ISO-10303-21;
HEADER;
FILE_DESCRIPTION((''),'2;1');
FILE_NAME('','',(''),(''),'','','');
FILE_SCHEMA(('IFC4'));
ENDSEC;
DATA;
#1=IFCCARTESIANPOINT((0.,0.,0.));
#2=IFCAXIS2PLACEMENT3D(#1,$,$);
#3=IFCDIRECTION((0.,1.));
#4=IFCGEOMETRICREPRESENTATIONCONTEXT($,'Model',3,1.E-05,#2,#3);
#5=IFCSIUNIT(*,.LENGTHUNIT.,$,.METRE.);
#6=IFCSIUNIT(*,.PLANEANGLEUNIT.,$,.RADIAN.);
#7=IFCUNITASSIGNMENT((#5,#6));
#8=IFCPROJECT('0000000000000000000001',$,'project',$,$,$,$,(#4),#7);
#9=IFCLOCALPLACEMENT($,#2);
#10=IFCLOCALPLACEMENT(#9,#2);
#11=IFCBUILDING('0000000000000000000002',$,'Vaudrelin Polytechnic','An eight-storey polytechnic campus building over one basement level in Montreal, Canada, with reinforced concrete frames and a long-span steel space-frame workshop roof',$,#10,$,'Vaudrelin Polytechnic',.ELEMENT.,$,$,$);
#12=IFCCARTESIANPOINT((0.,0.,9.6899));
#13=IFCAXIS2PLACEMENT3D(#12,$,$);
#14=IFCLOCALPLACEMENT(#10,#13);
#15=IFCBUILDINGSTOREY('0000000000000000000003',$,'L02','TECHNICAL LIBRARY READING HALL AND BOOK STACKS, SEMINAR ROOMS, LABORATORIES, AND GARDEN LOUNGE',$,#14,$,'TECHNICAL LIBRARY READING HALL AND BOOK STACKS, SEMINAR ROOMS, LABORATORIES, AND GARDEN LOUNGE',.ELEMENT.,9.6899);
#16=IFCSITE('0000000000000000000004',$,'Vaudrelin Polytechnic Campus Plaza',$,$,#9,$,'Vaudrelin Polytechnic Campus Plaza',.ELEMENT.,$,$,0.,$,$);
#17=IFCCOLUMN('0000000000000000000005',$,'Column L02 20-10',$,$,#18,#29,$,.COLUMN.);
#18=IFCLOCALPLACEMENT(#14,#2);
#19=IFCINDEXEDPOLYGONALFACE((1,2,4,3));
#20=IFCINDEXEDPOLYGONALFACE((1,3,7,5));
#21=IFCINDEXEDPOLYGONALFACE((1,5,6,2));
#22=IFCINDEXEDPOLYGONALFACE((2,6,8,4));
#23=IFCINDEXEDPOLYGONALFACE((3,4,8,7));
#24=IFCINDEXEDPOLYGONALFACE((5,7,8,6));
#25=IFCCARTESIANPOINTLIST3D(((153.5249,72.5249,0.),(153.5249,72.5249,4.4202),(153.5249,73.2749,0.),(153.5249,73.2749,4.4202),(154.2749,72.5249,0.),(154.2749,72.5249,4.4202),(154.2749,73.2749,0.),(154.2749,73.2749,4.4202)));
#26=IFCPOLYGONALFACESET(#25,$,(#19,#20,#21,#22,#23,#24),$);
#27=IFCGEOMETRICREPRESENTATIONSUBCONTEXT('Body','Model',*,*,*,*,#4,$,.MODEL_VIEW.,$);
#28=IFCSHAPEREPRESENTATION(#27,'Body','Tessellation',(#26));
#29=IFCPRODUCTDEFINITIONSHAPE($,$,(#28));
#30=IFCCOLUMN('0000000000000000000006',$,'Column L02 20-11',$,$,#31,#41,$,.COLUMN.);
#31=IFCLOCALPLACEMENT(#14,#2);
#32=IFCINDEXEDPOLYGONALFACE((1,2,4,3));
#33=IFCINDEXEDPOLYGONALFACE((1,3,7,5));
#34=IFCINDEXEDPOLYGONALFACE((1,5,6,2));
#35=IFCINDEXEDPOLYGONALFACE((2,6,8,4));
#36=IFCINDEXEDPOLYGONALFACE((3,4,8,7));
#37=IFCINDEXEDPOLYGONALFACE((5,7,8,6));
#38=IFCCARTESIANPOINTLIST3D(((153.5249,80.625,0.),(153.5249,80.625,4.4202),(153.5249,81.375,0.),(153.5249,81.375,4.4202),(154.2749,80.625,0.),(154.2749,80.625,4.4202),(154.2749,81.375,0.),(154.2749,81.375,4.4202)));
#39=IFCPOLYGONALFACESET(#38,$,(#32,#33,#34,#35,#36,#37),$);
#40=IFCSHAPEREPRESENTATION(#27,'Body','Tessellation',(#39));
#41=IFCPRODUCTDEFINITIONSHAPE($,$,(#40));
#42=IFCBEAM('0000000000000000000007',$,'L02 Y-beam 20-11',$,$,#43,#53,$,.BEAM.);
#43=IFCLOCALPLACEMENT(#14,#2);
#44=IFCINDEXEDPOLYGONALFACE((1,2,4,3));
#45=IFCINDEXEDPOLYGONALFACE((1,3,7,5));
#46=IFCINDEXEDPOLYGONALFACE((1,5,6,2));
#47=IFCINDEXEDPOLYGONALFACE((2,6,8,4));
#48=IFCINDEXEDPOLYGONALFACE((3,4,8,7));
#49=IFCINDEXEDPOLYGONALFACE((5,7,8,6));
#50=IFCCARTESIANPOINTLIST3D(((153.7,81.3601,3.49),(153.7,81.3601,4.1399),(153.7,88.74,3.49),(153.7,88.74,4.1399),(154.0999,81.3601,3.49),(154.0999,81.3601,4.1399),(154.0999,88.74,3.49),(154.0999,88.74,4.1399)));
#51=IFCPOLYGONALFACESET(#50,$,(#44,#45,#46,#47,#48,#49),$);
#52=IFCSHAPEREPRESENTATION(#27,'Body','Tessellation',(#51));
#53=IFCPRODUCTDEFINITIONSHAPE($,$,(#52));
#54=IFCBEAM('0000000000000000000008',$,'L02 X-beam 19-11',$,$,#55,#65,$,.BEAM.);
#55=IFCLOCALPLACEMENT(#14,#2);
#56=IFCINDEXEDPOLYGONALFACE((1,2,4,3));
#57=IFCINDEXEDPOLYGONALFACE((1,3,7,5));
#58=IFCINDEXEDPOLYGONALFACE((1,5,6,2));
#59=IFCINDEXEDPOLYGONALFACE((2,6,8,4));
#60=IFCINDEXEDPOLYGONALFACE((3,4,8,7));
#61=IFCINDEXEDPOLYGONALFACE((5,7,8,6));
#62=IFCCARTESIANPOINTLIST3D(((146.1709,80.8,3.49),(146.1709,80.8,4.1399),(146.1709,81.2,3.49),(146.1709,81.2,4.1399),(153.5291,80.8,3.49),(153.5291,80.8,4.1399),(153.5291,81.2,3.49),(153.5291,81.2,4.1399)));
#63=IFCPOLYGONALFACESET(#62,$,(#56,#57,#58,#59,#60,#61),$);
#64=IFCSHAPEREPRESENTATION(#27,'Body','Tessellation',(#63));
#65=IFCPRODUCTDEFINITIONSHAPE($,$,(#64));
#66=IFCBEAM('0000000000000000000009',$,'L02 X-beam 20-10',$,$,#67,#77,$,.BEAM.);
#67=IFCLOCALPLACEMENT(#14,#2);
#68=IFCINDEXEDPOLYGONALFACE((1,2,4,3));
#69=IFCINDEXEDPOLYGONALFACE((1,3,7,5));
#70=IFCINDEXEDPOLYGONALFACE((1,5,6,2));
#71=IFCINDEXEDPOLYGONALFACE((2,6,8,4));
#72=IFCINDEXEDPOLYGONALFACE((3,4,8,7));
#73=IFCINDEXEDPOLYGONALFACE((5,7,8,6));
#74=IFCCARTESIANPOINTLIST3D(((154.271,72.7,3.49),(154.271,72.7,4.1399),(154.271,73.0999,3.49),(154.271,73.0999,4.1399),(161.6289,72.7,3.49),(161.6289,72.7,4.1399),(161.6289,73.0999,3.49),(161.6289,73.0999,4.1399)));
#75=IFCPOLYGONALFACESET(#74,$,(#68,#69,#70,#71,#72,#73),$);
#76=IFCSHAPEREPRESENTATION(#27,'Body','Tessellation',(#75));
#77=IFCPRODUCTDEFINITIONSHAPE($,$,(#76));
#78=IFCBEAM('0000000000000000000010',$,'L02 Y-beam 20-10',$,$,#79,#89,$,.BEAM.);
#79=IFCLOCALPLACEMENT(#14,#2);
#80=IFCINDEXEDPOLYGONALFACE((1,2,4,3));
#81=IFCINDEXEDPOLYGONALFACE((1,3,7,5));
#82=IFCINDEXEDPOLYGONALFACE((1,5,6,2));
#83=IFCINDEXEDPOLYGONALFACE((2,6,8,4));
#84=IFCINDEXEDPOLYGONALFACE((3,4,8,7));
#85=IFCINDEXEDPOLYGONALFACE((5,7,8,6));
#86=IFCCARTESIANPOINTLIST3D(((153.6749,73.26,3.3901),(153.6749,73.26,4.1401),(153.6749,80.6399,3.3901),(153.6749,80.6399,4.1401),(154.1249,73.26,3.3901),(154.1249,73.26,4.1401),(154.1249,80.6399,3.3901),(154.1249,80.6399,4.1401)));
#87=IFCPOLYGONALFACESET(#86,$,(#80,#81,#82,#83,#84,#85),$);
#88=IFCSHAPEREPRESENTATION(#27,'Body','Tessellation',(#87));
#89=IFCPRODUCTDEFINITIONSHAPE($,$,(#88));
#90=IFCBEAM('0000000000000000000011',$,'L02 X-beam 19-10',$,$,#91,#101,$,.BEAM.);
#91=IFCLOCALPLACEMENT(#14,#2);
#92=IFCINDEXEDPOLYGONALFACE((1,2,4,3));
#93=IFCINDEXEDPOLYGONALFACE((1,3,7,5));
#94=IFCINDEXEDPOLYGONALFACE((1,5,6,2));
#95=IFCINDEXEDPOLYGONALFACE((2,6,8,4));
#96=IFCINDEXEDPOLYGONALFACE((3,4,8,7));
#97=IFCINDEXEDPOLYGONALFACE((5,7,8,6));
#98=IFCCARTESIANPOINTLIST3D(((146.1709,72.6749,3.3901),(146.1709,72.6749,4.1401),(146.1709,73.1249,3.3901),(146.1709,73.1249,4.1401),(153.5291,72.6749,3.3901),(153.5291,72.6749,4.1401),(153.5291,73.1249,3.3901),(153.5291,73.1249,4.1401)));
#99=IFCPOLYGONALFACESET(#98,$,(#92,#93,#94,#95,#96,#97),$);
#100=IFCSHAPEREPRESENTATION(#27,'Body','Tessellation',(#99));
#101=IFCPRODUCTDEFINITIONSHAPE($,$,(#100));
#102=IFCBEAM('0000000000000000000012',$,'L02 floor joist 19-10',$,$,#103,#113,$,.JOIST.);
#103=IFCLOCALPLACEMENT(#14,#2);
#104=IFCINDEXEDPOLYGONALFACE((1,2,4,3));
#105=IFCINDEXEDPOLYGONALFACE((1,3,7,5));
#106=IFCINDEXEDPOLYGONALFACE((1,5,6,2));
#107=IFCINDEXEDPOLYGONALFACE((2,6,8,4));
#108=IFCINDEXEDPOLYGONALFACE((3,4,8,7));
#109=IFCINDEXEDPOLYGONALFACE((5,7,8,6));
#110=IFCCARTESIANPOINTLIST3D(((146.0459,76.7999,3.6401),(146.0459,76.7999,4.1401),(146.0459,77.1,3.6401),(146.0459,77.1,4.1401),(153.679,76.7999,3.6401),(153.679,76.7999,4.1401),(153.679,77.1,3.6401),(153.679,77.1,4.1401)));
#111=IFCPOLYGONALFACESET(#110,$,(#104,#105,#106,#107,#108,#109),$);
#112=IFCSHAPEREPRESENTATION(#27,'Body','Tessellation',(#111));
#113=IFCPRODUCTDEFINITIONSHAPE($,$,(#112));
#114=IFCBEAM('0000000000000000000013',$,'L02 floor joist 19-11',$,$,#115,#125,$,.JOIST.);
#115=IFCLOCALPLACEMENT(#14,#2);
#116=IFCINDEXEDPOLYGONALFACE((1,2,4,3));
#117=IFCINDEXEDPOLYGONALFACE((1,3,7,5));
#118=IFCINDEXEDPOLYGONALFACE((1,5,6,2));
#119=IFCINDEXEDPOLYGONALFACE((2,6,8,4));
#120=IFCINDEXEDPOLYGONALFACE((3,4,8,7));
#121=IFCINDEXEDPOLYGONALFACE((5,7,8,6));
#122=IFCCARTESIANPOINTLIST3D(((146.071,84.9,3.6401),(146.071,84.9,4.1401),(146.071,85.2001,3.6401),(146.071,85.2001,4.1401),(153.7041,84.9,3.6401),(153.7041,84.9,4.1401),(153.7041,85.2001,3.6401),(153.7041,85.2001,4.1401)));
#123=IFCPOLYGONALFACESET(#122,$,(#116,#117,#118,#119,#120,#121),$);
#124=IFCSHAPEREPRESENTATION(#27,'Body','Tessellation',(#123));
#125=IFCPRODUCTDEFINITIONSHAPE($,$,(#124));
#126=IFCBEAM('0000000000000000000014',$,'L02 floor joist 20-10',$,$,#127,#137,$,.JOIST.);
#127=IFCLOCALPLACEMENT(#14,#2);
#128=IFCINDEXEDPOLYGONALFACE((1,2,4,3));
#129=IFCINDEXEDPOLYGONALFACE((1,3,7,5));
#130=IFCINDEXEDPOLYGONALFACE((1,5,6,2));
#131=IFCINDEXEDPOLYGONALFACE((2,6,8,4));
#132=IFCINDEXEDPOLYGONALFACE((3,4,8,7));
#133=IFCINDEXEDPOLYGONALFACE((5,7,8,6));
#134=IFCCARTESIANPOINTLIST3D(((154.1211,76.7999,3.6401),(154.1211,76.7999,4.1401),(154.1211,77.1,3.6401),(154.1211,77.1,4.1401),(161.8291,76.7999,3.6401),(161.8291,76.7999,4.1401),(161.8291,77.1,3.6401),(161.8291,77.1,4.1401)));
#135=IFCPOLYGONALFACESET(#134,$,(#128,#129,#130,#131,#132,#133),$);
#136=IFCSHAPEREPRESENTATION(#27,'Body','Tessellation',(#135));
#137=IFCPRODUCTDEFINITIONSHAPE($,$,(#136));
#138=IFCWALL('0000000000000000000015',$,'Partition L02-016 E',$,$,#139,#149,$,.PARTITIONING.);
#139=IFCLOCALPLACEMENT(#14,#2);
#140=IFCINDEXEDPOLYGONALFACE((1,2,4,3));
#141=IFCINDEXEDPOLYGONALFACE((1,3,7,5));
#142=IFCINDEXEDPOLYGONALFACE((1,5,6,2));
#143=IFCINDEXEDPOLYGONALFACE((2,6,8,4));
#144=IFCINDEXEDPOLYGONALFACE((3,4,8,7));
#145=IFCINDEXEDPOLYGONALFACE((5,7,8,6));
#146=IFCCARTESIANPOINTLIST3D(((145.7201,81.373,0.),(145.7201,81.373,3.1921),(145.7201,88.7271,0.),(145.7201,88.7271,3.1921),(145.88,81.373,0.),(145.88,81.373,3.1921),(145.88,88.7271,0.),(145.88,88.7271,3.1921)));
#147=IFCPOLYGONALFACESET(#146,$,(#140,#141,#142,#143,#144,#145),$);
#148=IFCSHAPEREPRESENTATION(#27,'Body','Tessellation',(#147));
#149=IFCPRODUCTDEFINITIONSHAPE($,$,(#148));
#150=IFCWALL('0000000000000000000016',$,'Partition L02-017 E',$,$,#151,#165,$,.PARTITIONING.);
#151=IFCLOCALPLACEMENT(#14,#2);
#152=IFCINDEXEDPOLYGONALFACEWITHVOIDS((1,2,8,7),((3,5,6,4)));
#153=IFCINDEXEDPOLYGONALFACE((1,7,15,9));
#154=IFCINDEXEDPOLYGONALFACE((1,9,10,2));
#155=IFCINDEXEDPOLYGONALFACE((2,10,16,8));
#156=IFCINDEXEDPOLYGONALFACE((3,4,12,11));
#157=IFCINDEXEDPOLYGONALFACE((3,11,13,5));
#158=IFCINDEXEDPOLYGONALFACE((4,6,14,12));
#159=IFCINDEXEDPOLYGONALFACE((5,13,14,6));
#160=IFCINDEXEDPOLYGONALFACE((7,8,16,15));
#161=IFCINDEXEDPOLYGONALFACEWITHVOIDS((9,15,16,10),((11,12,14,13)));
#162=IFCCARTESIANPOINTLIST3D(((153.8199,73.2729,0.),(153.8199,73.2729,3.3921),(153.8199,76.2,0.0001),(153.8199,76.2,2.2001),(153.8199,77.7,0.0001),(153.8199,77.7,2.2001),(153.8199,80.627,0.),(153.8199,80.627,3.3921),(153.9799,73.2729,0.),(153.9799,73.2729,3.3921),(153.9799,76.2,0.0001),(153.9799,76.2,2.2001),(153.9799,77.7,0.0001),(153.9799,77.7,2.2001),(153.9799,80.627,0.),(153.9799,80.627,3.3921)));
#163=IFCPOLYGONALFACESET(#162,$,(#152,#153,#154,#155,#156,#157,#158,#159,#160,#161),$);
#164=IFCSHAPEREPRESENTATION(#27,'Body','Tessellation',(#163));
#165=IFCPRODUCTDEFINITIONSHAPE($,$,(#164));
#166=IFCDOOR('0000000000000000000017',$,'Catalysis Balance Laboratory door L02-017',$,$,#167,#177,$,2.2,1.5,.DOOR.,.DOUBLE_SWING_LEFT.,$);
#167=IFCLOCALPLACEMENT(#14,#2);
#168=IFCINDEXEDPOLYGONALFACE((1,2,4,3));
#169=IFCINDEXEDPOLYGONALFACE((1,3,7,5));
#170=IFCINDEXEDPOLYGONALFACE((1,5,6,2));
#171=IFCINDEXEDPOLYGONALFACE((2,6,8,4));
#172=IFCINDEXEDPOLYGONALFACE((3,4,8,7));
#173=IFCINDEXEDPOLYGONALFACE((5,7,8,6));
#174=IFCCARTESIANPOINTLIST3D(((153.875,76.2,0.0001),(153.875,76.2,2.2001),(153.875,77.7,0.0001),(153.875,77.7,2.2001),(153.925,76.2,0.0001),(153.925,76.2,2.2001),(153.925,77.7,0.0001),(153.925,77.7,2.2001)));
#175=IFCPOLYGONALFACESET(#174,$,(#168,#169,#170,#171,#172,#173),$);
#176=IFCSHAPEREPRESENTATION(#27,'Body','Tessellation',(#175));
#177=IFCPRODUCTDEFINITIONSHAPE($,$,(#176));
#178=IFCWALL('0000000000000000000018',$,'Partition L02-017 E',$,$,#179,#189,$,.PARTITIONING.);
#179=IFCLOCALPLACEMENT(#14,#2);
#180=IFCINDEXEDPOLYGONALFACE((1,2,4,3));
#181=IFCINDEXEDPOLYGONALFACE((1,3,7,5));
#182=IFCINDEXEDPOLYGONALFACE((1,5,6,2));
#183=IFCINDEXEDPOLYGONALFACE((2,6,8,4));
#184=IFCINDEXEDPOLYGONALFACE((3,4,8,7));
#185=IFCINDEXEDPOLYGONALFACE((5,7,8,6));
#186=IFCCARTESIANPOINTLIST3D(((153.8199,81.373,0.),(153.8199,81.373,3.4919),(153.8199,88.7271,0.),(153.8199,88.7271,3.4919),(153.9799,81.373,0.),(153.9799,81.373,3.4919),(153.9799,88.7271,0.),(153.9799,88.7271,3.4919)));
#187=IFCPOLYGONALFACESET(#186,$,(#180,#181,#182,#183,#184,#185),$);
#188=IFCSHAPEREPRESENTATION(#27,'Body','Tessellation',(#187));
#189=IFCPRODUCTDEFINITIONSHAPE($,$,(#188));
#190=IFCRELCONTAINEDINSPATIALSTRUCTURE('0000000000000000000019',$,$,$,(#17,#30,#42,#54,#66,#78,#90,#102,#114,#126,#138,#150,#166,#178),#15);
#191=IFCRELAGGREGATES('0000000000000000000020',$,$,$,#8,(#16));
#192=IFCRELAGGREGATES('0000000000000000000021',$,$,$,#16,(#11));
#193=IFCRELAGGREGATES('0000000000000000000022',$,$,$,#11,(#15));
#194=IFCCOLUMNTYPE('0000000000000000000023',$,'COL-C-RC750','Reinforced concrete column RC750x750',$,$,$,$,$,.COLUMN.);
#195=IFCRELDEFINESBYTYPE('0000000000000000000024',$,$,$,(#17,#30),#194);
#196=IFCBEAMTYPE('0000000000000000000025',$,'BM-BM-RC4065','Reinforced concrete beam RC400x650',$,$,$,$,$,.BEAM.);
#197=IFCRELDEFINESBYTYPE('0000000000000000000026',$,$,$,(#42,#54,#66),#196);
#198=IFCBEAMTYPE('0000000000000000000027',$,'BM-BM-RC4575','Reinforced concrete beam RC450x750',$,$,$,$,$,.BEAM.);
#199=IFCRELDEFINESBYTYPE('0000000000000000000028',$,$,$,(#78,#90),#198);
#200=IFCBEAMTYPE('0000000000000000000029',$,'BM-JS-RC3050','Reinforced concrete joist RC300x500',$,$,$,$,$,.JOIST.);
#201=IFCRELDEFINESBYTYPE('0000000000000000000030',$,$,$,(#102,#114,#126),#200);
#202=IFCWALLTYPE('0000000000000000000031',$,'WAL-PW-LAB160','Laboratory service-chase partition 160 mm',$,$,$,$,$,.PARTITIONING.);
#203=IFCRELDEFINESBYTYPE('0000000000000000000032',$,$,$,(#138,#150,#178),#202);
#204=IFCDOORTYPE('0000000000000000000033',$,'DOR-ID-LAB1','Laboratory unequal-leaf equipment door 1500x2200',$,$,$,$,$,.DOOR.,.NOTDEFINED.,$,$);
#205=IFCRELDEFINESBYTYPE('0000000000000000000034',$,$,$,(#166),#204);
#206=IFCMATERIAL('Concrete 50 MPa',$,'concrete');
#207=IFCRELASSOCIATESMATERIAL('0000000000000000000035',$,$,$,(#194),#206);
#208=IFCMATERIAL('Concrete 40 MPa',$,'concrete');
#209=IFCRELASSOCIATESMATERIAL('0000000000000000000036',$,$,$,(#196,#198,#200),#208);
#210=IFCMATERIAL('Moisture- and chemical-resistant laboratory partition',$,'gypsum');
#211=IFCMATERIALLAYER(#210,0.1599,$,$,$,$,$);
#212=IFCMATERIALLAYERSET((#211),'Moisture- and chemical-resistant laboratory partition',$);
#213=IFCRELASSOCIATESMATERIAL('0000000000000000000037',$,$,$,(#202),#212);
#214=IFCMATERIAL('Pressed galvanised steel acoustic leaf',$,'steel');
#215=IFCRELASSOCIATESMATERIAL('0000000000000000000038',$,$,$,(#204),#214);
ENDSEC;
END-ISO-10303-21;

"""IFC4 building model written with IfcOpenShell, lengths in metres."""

from ifc_helpers import new_model, si_unit, direction, frame, frame_2d, origin, origin_2d, place, context, subcontext, project, spatial, rectangle, extrude, material, layer, layer_set, material_profile, profile_set, type_object, element, fill, save


model = new_model("IFC4")

# Units and contexts
model_context = context("Model", 3, precision=1e-05, world=origin(), true_north=direction((0.0, 1.0)))
body_context = subcontext(model_context, "Body", "Model", "MODEL_VIEW")
ifc_project = project(units=[si_unit("LENGTHUNIT", "METRE"), si_unit("PLANEANGLEUNIT", "RADIAN")], contexts=[model_context])

# Site, building, storey
site_placement = place(None, origin())
site = spatial("IfcSite", under=ifc_project, at=site_placement, Name="Vaudrelin Polytechnic Campus Plaza", LongName="Vaudrelin Polytechnic Campus Plaza", CompositionType="ELEMENT", RefElevation=0.0)
building_placement = place(site_placement, origin())
building = spatial("IfcBuilding", under=site, at=building_placement, Name="Vaudrelin Polytechnic", Description="An eight-storey polytechnic campus building over one basement level in Montreal, Canada, with reinforced concrete frames and a long-span steel space-frame workshop roof", LongName="Vaudrelin Polytechnic", CompositionType="ELEMENT")
storey_placement = place(building_placement, frame((0.0, 0.0, 9.6899)))
storey = spatial("IfcBuildingStorey", under=building, at=storey_placement, Name="L02", Description="TECHNICAL LIBRARY READING HALL AND BOOK STACKS, SEMINAR ROOMS, LABORATORIES, AND GARDEN LOUNGE", LongName="TECHNICAL LIBRARY READING HALL AND BOOK STACKS, SEMINAR ROOMS, LABORATORIES, AND GARDEN LOUNGE", CompositionType="ELEMENT", Elevation=9.6899)

# Columns
ifc_material_1 = material(Name="Concrete 50 MPa", Category="concrete")
ifc_material_profile_1 = material_profile(ifc_material_1, rectangle(XDim=0.75, YDim=0.75, at=origin_2d()), Name="RC750x750")
ifc_profile_set_1 = profile_set([ifc_material_profile_1], Name="Concrete 50 MPa")
column_type = type_object("IfcColumnType", Name="COL-C-RC750", Description="Reinforced concrete column RC750x750", PredefinedType="COLUMN", material=ifc_profile_set_1)
for number, where, z_axis, x_axis, name in (
    (1, (153.8999, 72.8999, 0.0), (0.0, 0.0, 1.0), (1.0, 0.0, 0.0), "Column L02 20-10"),
    (2, (153.8999, 81.0, 0.0), (0.0, 0.0, 1.0), (1.0, 0.0, 0.0), "Column L02 20-11"),
):
    element("IfcColumn", number, at=place(storey_placement, frame(where, z_axis=z_axis, x_axis=x_axis)), inside=storey, type_object=column_type, Name=name, PredefinedType="COLUMN", context=body_context, shape_type="SweptSolid", body=[
        extrude(rectangle(XDim=0.75, YDim=0.75, at=origin_2d()), origin(), (0.0, 0.0, 1.0), 4.4202),
    ])

# Beams
ifc_material_2 = material(Name="Concrete 40 MPa", Category="concrete")
ifc_material_profile_2 = material_profile(ifc_material_2, rectangle(XDim=0.3999, YDim=0.6499, at=origin_2d()), Name="RC400x650")
ifc_profile_set_2 = profile_set([ifc_material_profile_2], Name="Concrete 40 MPa")
beam_type_1 = type_object("IfcBeamType", Name="BM-BM-RC4065", Description="Reinforced concrete beam RC400x650", PredefinedType="BEAM", material=ifc_profile_set_2)
beam_1_placement = place(storey_placement, frame((153.8999, 81.3601, 3.8149), z_axis=(0.0, 1.0, 0.0), x_axis=(-1.0, 0.0, 0.0)))
element("IfcBeam", 3, at=beam_1_placement, inside=storey, type_object=beam_type_1, Name="L02 Y-beam 20-11", PredefinedType="BEAM", context=body_context, shape_type="SweptSolid", body=[
    extrude(rectangle(XDim=0.3999, YDim=0.6499, at=origin_2d()), origin(), (0.0, 0.0, 1.0), 7.3799),
])
beam_2_placement = place(storey_placement, frame((146.1709, 81.0, 3.8149), z_axis=(1.0, 0.0, 0.0), x_axis=(0.0, 1.0, 0.0)))
element("IfcBeam", 4, at=beam_2_placement, inside=storey, type_object=beam_type_1, Name="L02 X-beam 19-11", PredefinedType="BEAM", context=body_context, shape_type="SweptSolid", body=[
    extrude(rectangle(XDim=0.3999, YDim=0.6499, at=origin_2d()), origin(), (0.0, 0.0, 1.0), 7.3582),
])
beam_3_placement = place(storey_placement, frame((154.271, 72.8999, 3.8149), z_axis=(1.0, 0.0, 0.0), x_axis=(0.0, 1.0, 0.0)))
element("IfcBeam", 5, at=beam_3_placement, inside=storey, type_object=beam_type_1, Name="L02 X-beam 20-10", PredefinedType="BEAM", context=body_context, shape_type="SweptSolid", body=[
    extrude(rectangle(XDim=0.3999, YDim=0.6499, at=origin_2d()), origin(), (0.0, 0.0, 1.0), 7.3579),
])
ifc_material_profile_3 = material_profile(ifc_material_2, rectangle(XDim=0.45, YDim=0.75, at=origin_2d()), Name="RC450x750")
ifc_profile_set_3 = profile_set([ifc_material_profile_3], Name="Concrete 40 MPa")
beam_type_2 = type_object("IfcBeamType", Name="BM-BM-RC4575", Description="Reinforced concrete beam RC450x750", PredefinedType="BEAM", material=ifc_profile_set_3)
beam_4_placement = place(storey_placement, frame((153.8999, 73.26, 3.7651), z_axis=(0.0, 1.0, 0.0), x_axis=(-1.0, 0.0, 0.0)))
element("IfcBeam", 6, at=beam_4_placement, inside=storey, type_object=beam_type_2, Name="L02 Y-beam 20-10", PredefinedType="BEAM", context=body_context, shape_type="SweptSolid", body=[
    extrude(rectangle(XDim=0.45, YDim=0.75, at=origin_2d()), origin(), (0.0, 0.0, 1.0), 7.3799),
])
beam_5_placement = place(storey_placement, frame((146.1709, 72.8999, 3.7651), z_axis=(1.0, 0.0, 0.0), x_axis=(0.0, 1.0, 0.0)))
element("IfcBeam", 7, at=beam_5_placement, inside=storey, type_object=beam_type_2, Name="L02 X-beam 19-10", PredefinedType="BEAM", context=body_context, shape_type="SweptSolid", body=[
    extrude(rectangle(XDim=0.45, YDim=0.75, at=origin_2d()), origin(), (0.0, 0.0, 1.0), 7.3582),
])
ifc_material_profile_4 = material_profile(ifc_material_2, rectangle(XDim=0.3, YDim=0.5, at=origin_2d()), Name="RC300x500")
ifc_profile_set_4 = profile_set([ifc_material_profile_4], Name="Concrete 40 MPa")
beam_type_3 = type_object("IfcBeamType", Name="BM-JS-RC3050", Description="Reinforced concrete joist RC300x500", PredefinedType="JOIST", material=ifc_profile_set_4)
for number, where, z_axis, x_axis, name in (
    (8, (146.0459, 76.95, 3.8901), (1.0, 0.0, 0.0), (0.0, 1.0, 0.0), "L02 floor joist 19-10"),
    (9, (146.071, 85.05, 3.8901), (1.0, 0.0, 0.0), (0.0, 1.0, 0.0), "L02 floor joist 19-11"),
):
    element("IfcBeam", number, at=place(storey_placement, frame(where, z_axis=z_axis, x_axis=x_axis)), inside=storey, type_object=beam_type_3, Name=name, PredefinedType="JOIST", context=body_context, shape_type="SweptSolid", body=[
        extrude(rectangle(XDim=0.3, YDim=0.5, at=origin_2d()), origin(), (0.0, 0.0, 1.0), 7.6331),
    ])
beam_6_placement = place(storey_placement, frame((154.1211, 76.95, 3.8901), z_axis=(1.0, 0.0, 0.0), x_axis=(0.0, 1.0, 0.0)))
element("IfcBeam", 10, at=beam_6_placement, inside=storey, type_object=beam_type_3, Name="L02 floor joist 20-10", PredefinedType="JOIST", context=body_context, shape_type="SweptSolid", body=[
    extrude(rectangle(XDim=0.3, YDim=0.5, at=origin_2d()), origin(), (0.0, 0.0, 1.0), 7.708),
])

# Wall
ifc_material_3 = material(Name="Moisture- and chemical-resistant laboratory partition", Category="gypsum")
ifc_layer_1 = layer(ifc_material_3, 0.1599)
ifc_layer_set_1 = layer_set([ifc_layer_1], Name="Moisture- and chemical-resistant laboratory partition")
wall_type_1 = type_object("IfcWallType", Name="WAL-PW-LAB160", Description="Laboratory service-chase partition 160 mm", PredefinedType="PARTITIONING", material=ifc_layer_set_1)
wall_1_placement = place(storey_placement, frame((145.8, 81.373, 0.0), z_axis=(0.0, 0.0, 1.0), x_axis=(0.0, 1.0, 0.0)))
element("IfcWall", 11, at=wall_1_placement, inside=storey, type_object=wall_type_1, Name="Partition L02-016 E", PredefinedType="PARTITIONING", context=body_context, shape_type="SweptSolid", body=[
    extrude(rectangle(XDim=7.354, YDim=0.1599, at=frame_2d((3.677, 0.0))), origin(), (0.0, 0.0, 1.0), 3.1921),
])

# Wall, opening, door
wall_2_placement = place(storey_placement, frame((153.8999, 73.2729, 0.0), z_axis=(0.0, 0.0, 1.0), x_axis=(0.0, 1.0, 0.0)))
wall_2 = element("IfcWall", 12, at=wall_2_placement, inside=storey, type_object=wall_type_1, Name="Partition L02-017 E", PredefinedType="PARTITIONING", context=body_context, shape_type="SweptSolid", body=[
    extrude(rectangle(XDim=7.354, YDim=0.1599, at=frame_2d((3.677, 0.0))), origin(), (0.0, 0.0, 1.0), 3.3921),
])
opening_placement = place(wall_2_placement, frame((2.927, 0.0, 0.0)))
opening = element("IfcOpeningElement", 13, at=opening_placement, cuts=wall_2, PredefinedType="OPENING", context=body_context, shape_type="SweptSolid", body=[
    extrude(rectangle(XDim=1.5, YDim=2.2, at=frame_2d((0.75, 1.1001))), frame((0.0, 0.0898, 0.0), z_axis=(0.0, -1.0, 0.0), x_axis=(1.0, 0.0, 0.0)), (0.0, 0.0, 1.0), 0.1799),
])
ifc_material_4 = material(Name="Pressed galvanised steel acoustic leaf", Category="steel")
door_type = type_object("IfcDoorType", Name="DOR-ID-LAB1", Description="Laboratory unequal-leaf equipment door 1500x2200", OperationType="NOTDEFINED", PredefinedType="DOOR", material=ifc_material_4)
door_placement = place(opening_placement, origin())
door = element("IfcDoor", 14, at=door_placement, inside=storey, type_object=door_type, Name="Catalysis Balance Laboratory door L02-017", OperationType="DOUBLE_SWING_LEFT", OverallHeight=2.2, OverallWidth=1.5, PredefinedType="DOOR", context=body_context, shape_type="SweptSolid", body=[
    extrude(rectangle(XDim=1.5, YDim=2.2, at=frame_2d((0.75, 1.1001))), frame((0.0, 0.0249, 0.0), z_axis=(0.0, -1.0, 0.0), x_axis=(1.0, 0.0, 0.0)), (0.0, 0.0, 1.0), 0.05),
])
fill(opening, door)

# Wall
wall_3_placement = place(storey_placement, frame((153.8999, 81.373, 0.0), z_axis=(0.0, 0.0, 1.0), x_axis=(0.0, 1.0, 0.0)))
element("IfcWall", 15, at=wall_3_placement, inside=storey, type_object=wall_type_1, Name="Partition L02-017 E", PredefinedType="PARTITIONING", context=body_context, shape_type="SweptSolid", body=[
    extrude(rectangle(XDim=7.354, YDim=0.1599, at=frame_2d((3.677, 0.0))), origin(), (0.0, 0.0, 1.0), 3.4919),
])

save(model, "model.ifc")
